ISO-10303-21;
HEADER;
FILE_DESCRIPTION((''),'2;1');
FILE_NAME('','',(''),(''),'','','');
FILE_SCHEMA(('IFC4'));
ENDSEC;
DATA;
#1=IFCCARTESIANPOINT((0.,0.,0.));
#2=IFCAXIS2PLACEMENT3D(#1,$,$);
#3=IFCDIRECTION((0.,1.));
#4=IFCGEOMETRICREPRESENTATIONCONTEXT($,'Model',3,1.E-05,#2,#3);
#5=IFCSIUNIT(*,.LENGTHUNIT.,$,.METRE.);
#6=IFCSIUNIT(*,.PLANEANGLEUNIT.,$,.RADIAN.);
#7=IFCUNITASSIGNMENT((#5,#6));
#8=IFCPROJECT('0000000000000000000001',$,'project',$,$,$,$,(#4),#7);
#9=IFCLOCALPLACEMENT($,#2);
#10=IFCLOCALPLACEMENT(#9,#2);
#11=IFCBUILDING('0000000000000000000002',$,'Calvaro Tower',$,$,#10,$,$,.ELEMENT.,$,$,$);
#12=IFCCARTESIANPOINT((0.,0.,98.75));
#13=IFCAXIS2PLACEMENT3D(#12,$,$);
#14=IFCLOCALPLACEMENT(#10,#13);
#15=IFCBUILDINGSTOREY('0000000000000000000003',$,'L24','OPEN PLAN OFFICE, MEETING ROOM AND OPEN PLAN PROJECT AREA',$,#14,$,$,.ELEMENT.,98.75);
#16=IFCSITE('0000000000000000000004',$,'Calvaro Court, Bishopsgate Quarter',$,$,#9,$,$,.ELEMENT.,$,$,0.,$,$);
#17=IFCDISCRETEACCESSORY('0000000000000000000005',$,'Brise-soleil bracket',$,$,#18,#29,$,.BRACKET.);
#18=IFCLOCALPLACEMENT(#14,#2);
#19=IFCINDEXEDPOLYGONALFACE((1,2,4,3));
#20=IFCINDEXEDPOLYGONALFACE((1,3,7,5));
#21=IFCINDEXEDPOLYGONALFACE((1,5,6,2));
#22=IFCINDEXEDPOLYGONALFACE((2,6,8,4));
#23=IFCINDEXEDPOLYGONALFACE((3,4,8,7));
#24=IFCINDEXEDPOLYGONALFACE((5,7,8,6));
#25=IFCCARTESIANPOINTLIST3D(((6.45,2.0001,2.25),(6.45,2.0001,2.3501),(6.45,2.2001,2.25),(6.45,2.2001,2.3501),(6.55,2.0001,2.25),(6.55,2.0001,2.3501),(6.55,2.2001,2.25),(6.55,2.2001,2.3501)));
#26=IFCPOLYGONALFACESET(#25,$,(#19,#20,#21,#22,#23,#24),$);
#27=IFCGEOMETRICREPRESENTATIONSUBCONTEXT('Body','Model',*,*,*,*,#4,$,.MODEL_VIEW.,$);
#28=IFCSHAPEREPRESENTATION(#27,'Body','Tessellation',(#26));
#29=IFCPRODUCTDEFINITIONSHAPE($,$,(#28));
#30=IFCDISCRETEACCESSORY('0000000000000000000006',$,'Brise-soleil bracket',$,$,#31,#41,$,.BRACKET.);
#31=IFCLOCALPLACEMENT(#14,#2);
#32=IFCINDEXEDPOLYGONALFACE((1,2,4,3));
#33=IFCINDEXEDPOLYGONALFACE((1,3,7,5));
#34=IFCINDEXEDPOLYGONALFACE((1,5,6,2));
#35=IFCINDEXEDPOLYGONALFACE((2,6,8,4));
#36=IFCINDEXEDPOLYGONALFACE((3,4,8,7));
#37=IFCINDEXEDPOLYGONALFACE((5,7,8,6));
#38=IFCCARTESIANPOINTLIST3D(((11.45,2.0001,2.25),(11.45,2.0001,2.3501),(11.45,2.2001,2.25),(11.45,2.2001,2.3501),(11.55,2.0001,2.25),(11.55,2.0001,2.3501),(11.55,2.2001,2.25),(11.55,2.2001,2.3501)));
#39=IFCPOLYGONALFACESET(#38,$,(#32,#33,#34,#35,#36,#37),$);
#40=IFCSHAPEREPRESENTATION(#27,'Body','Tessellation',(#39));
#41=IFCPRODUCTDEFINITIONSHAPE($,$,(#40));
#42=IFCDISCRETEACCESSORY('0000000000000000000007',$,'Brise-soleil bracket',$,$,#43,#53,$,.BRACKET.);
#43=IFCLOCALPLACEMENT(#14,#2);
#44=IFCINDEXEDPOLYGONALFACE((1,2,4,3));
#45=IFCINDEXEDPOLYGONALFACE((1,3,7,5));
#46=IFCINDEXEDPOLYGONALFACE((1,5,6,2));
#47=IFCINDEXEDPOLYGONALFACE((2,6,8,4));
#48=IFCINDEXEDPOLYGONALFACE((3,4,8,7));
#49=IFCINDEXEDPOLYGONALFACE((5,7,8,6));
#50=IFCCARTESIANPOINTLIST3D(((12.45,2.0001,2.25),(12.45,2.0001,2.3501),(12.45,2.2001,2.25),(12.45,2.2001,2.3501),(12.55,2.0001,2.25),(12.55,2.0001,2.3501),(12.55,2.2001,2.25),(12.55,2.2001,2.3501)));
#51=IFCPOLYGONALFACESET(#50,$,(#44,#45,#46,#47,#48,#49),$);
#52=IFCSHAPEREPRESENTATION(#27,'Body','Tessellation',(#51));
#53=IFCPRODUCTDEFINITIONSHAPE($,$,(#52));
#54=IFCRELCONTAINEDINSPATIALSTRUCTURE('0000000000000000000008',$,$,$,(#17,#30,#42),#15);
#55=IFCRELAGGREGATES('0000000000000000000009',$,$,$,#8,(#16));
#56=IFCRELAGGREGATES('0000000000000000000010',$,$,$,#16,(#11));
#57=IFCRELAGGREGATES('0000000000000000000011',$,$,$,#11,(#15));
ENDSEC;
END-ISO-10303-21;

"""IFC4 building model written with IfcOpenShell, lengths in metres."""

from ifc_helpers import new_model, si_unit, direction, frame, origin, origin_2d, place, context, subcontext, project, spatial, rectangle, extrude, element, save


model = new_model("IFC4")

# Units and contexts
model_context = context("Model", 3, precision=1e-05, world=origin(), true_north=direction((0.0, 1.0)))
body_context = subcontext(model_context, "Body", "Model", "MODEL_VIEW")
ifc_project = project(units=[si_unit("LENGTHUNIT", "METRE"), si_unit("PLANEANGLEUNIT", "RADIAN")], contexts=[model_context])

# Site, building, storey
site_placement = place(None, origin())
site = spatial("IfcSite", under=ifc_project, at=site_placement, Name="Calvaro Court, Bishopsgate Quarter", CompositionType="ELEMENT", RefElevation=0.0)
building_placement = place(site_placement, origin())
building = spatial("IfcBuilding", under=site, at=building_placement, Name="Calvaro Tower", CompositionType="ELEMENT")
storey_placement = place(building_placement, frame((0.0, 0.0, 98.75)))
storey = spatial("IfcBuildingStorey", under=building, at=storey_placement, Name="L24", Description="OPEN PLAN OFFICE, MEETING ROOM AND OPEN PLAN PROJECT AREA", CompositionType="ELEMENT", Elevation=98.75)

# Discrete accessories
for number, where, z_axis, x_axis, name in (
    (1, (6.5, 2.1001, 2.25), (0.0, 0.0, 1.0), (1.0, 0.0, 0.0), "Brise-soleil bracket"),
    (2, (11.5, 2.1001, 2.25), (0.0, 0.0, 1.0), (1.0, 0.0, 0.0), "Brise-soleil bracket"),
    (3, (12.5, 2.1001, 2.25), (0.0, 0.0, 1.0), (1.0, 0.0, 0.0), "Brise-soleil bracket"),
):
    element("IfcDiscreteAccessory", number, at=place(storey_placement, frame(where, z_axis=z_axis, x_axis=x_axis)), inside=storey, Name=name, PredefinedType="BRACKET", context=body_context, shape_type="SweptSolid", body=[
        extrude(rectangle(XDim=0.1001, YDim=0.2, at=origin_2d()), origin(), (0.0, 0.0, 1.0), 0.1001),
    ])

save(model, "model.ifc")
